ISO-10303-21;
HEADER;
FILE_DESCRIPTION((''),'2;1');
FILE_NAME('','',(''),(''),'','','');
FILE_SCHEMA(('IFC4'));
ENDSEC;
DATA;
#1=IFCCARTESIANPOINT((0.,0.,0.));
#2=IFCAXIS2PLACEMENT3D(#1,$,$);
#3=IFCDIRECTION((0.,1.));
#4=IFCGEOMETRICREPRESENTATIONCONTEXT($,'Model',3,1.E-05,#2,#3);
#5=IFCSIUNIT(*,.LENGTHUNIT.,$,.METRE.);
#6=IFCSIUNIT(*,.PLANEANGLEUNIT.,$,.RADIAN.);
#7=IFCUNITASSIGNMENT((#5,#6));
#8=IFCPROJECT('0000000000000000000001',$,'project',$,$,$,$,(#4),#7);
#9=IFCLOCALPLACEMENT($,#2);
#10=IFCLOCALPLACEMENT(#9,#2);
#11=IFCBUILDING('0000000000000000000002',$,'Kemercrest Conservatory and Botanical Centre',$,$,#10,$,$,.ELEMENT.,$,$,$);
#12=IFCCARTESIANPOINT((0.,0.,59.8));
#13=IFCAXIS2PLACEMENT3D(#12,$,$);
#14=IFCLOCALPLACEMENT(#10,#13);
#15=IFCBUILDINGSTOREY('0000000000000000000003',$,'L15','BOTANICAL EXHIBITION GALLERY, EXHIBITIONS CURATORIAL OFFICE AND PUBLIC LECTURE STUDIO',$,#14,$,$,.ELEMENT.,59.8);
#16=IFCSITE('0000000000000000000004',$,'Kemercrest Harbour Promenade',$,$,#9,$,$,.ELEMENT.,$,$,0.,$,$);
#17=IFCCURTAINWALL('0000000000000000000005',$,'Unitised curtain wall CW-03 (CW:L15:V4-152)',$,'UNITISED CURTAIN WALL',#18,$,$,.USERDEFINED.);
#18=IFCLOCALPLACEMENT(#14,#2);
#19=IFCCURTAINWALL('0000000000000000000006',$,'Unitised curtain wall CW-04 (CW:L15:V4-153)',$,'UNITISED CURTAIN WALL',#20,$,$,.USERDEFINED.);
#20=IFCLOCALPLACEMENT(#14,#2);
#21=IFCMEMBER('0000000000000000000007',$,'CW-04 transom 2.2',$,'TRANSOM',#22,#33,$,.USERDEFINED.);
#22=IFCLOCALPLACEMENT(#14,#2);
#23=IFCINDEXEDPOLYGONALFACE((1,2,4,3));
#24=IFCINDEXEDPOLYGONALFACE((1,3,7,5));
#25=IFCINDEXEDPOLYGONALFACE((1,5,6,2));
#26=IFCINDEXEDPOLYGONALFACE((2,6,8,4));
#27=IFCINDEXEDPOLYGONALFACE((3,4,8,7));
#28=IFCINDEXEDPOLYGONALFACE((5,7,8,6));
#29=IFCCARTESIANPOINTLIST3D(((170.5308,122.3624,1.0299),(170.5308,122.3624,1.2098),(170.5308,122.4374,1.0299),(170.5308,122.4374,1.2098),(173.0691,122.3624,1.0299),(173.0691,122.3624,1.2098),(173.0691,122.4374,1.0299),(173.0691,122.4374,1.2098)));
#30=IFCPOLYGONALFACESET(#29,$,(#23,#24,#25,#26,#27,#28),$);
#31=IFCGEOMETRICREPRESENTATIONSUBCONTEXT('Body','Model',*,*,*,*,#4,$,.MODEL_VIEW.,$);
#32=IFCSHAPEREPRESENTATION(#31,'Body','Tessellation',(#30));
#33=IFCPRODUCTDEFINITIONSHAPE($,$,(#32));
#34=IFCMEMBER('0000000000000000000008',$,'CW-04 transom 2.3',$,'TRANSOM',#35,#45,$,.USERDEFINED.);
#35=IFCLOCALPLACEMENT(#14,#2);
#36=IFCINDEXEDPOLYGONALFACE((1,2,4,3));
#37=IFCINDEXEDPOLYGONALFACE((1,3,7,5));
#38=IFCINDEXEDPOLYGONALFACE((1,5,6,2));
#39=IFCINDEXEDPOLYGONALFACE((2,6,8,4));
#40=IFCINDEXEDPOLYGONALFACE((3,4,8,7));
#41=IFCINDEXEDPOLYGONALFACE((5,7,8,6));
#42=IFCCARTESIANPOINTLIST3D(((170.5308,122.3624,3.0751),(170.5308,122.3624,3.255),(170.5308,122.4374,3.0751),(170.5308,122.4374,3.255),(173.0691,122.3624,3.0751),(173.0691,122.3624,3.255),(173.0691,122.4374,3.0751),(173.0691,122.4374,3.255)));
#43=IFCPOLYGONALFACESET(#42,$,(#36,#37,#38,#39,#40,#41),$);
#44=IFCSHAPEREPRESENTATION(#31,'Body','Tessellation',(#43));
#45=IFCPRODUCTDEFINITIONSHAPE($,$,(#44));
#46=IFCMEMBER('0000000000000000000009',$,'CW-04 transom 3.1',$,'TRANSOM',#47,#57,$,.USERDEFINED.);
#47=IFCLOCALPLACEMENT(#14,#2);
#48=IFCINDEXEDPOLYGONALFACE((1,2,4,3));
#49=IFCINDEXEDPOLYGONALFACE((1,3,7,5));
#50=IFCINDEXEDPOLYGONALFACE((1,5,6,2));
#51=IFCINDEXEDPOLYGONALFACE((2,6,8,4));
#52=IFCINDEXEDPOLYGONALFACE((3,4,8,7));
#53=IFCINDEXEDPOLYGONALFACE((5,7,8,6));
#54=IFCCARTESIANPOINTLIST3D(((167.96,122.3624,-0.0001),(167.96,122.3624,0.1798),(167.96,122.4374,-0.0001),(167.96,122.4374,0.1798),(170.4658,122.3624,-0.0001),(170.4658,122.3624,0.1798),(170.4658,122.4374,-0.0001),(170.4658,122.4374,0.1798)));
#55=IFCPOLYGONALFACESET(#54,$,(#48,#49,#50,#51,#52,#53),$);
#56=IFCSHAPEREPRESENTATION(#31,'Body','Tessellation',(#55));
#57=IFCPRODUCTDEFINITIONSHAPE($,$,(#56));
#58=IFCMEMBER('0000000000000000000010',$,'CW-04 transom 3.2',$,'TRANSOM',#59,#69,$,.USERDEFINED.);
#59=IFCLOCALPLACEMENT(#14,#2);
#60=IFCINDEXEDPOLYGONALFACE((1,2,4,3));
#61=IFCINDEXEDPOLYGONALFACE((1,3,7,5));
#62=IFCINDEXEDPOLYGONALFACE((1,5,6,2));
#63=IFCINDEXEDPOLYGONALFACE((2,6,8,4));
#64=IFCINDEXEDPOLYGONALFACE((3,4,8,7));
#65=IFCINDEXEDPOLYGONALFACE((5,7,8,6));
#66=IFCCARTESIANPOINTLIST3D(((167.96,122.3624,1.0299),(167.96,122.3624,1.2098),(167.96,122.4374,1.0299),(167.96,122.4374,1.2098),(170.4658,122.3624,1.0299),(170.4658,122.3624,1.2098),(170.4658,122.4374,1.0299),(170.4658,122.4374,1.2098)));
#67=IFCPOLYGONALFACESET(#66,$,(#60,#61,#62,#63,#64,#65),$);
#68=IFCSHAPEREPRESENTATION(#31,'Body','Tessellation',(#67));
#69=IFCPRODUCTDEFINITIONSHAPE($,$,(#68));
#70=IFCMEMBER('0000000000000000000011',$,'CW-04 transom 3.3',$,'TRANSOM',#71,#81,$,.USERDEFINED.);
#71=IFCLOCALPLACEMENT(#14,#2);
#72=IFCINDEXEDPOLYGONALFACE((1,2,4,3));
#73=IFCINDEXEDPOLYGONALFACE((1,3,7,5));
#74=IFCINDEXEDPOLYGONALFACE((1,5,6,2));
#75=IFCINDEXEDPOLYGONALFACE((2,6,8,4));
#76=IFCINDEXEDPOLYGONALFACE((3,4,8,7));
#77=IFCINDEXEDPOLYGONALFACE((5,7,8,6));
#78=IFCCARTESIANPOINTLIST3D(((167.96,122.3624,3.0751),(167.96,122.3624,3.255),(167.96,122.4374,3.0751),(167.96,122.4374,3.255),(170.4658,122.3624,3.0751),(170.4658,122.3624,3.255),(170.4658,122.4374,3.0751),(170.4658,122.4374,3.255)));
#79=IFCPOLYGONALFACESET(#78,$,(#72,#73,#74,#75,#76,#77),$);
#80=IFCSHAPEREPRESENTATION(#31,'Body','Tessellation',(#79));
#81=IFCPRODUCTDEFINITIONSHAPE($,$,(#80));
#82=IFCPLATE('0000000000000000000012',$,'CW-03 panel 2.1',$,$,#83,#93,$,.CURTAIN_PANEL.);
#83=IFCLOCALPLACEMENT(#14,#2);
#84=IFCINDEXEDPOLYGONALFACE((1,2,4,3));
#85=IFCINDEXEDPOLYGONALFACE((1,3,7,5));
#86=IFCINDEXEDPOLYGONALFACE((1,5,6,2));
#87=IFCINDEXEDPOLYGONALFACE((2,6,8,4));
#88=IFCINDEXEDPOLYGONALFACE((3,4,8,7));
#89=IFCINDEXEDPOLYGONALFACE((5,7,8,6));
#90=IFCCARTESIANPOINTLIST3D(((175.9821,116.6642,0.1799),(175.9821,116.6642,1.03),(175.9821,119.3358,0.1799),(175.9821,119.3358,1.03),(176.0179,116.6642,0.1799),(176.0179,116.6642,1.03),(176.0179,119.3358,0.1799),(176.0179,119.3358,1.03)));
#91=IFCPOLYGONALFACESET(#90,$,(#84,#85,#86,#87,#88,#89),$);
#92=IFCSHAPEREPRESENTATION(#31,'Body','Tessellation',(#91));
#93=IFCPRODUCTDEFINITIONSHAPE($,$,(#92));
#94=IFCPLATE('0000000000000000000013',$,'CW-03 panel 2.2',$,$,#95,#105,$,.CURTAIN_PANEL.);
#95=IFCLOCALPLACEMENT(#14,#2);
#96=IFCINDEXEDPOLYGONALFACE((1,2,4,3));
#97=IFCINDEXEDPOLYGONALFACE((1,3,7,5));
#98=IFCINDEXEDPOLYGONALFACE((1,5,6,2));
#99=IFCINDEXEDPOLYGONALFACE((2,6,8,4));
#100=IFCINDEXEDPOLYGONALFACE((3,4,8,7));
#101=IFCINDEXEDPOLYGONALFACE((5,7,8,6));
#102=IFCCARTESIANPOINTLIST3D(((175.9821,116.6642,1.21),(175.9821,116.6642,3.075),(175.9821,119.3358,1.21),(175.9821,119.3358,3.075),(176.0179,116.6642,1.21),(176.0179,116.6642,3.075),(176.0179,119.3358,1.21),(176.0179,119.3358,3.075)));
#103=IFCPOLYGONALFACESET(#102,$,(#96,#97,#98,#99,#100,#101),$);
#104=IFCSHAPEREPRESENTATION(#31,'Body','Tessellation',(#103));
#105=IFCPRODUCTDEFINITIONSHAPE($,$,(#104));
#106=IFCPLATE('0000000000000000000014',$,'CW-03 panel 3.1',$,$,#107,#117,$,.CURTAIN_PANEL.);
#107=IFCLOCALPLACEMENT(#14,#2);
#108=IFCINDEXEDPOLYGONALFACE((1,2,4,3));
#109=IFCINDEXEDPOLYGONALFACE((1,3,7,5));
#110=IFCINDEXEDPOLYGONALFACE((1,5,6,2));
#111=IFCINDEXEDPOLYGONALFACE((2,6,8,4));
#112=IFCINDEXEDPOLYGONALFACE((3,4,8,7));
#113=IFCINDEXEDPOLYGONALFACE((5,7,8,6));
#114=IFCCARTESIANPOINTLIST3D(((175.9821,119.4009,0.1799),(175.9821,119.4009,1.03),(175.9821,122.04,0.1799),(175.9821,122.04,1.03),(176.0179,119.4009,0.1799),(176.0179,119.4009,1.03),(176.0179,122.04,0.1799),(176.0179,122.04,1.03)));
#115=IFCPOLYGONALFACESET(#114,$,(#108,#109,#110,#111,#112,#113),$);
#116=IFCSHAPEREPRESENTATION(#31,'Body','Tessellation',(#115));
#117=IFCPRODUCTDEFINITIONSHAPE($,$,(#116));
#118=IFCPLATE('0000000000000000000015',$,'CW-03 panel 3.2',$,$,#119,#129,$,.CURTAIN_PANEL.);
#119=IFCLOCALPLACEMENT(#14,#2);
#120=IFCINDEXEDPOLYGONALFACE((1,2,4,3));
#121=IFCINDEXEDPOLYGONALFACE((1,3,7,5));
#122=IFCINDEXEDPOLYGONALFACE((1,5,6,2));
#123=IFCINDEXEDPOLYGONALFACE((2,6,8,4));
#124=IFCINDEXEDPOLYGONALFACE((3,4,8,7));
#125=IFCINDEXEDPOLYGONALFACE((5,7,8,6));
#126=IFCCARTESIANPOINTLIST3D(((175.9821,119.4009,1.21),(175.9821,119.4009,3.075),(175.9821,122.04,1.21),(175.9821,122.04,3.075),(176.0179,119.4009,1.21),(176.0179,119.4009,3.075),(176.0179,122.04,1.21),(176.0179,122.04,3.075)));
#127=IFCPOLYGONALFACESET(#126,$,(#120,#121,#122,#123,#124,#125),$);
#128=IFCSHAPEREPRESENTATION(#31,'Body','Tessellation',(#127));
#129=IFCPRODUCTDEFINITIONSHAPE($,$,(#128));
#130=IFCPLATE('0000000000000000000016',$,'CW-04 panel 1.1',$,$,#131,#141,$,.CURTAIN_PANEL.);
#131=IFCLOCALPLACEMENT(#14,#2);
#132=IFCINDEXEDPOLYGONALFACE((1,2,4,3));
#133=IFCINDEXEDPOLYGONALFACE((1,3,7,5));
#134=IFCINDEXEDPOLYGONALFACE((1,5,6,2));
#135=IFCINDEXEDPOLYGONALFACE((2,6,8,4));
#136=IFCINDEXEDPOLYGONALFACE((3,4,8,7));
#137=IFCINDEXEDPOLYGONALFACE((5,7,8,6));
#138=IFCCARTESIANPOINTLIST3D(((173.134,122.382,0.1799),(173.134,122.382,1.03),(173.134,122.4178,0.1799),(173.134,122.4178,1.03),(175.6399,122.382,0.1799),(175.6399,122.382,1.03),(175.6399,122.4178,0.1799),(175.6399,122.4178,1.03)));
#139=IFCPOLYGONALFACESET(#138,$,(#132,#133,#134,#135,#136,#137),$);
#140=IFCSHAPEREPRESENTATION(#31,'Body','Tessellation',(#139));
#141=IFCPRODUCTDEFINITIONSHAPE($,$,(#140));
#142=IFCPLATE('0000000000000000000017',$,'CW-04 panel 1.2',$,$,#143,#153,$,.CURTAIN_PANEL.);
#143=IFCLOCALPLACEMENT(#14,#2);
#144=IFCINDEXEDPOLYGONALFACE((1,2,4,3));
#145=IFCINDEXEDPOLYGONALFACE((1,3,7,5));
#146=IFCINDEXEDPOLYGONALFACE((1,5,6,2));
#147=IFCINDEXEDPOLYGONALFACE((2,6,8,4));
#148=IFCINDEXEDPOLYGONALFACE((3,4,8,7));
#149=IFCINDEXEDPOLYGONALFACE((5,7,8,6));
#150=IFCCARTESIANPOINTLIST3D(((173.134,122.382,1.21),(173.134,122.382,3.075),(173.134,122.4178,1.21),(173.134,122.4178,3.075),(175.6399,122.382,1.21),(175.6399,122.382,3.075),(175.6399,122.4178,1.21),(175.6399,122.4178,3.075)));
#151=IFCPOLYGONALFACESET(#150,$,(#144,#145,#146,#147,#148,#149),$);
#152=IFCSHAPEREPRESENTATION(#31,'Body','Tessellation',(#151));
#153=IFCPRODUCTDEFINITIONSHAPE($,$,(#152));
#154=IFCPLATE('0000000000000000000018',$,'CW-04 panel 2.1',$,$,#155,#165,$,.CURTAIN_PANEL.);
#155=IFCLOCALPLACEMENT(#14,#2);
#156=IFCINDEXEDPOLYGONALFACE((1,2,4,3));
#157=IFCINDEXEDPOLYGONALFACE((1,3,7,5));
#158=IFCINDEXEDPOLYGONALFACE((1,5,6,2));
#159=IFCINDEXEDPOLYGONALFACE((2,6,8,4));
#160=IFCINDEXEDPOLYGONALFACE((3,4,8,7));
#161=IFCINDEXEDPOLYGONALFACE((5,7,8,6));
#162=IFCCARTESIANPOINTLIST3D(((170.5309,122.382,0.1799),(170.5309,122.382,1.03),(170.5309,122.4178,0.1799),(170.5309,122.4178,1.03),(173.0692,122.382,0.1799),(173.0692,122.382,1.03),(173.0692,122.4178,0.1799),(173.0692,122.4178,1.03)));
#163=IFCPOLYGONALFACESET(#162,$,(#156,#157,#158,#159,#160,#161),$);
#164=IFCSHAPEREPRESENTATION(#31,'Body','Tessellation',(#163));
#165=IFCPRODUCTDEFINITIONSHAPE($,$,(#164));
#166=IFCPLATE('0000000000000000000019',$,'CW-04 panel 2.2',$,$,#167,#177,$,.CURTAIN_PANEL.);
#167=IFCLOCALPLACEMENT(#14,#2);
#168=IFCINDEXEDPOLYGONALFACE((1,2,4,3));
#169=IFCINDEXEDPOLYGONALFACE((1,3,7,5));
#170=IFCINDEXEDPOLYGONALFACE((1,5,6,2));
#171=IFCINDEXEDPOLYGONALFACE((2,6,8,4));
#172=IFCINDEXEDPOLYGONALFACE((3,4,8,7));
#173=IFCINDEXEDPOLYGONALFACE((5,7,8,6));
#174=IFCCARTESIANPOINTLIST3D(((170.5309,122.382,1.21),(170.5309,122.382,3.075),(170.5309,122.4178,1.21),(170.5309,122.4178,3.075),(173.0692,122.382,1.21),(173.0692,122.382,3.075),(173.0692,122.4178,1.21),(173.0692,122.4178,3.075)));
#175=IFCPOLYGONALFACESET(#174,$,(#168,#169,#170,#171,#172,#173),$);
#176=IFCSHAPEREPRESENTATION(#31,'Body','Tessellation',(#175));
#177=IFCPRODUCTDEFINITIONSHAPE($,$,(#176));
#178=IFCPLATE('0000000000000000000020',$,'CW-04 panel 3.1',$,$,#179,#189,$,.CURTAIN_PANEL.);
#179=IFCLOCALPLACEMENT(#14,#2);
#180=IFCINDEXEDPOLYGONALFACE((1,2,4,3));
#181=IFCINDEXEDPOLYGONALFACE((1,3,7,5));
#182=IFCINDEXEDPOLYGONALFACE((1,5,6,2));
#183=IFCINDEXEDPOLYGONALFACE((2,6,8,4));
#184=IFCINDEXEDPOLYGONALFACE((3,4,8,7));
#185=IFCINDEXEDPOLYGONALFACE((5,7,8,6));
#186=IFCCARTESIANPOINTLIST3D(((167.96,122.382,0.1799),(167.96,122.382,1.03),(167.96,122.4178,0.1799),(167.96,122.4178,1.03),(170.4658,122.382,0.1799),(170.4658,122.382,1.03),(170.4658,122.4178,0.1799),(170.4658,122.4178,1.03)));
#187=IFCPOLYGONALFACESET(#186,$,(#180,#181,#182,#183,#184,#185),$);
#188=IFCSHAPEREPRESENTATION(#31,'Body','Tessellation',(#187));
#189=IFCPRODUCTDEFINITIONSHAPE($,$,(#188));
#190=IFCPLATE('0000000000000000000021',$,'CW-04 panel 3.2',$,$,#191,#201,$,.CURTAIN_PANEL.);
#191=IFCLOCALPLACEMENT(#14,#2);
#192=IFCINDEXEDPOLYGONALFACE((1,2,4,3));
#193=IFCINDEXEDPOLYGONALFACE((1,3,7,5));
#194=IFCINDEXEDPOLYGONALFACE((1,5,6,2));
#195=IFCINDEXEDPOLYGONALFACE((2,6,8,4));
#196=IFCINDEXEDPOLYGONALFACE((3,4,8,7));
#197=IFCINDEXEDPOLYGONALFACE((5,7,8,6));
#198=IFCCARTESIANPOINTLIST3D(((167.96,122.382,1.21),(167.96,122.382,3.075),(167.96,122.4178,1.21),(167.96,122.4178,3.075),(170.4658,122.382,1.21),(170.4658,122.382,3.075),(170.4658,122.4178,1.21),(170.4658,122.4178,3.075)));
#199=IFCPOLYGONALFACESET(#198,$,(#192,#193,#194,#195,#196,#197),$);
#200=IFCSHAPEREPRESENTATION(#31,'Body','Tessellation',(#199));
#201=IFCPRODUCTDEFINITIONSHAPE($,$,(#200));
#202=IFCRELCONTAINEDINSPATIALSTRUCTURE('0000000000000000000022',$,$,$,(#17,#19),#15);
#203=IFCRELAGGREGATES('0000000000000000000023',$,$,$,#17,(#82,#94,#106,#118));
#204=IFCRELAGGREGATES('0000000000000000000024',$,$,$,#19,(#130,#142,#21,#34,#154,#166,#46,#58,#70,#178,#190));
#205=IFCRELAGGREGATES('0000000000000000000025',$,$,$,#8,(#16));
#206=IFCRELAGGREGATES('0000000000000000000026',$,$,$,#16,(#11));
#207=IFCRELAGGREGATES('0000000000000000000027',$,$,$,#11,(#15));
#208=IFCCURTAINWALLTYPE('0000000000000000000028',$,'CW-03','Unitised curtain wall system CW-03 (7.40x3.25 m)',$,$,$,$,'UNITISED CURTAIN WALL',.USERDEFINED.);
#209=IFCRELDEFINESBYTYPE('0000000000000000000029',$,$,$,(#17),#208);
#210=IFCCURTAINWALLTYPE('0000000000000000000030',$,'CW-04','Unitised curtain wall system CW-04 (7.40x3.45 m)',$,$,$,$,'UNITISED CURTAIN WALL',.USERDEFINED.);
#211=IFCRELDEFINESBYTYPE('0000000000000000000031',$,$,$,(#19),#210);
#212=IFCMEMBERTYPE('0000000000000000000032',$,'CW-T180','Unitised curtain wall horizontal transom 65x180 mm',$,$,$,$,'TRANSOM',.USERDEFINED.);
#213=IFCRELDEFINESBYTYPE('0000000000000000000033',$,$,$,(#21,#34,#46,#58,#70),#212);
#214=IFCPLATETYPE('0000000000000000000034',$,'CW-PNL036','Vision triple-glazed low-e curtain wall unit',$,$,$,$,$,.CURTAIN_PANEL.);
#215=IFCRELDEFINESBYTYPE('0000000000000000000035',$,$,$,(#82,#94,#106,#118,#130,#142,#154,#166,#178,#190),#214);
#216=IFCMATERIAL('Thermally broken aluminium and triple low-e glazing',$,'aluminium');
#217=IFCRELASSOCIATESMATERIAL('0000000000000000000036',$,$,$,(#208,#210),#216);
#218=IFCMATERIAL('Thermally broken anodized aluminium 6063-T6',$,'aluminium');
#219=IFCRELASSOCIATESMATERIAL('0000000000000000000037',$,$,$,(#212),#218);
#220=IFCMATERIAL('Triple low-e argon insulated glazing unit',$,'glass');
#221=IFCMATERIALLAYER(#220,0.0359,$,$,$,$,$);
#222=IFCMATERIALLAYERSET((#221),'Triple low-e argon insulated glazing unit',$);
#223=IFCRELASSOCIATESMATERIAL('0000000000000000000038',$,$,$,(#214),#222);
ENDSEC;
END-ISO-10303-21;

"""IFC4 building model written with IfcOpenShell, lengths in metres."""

from ifc_helpers import new_model, si_unit, direction, frame, origin, origin_2d, place, context, subcontext, project, spatial, rectangle, extrude, material, layer, layer_set, material_profile, profile_set, type_object, element, aggregate, save


model = new_model("IFC4")

# Units and contexts
model_context = context("Model", 3, precision=1e-05, world=origin(), true_north=direction((0.0, 1.0)))
body_context = subcontext(model_context, "Body", "Model", "MODEL_VIEW")
ifc_project = project(units=[si_unit("LENGTHUNIT", "METRE"), si_unit("PLANEANGLEUNIT", "RADIAN")], contexts=[model_context])

# Site, building, storey
site_placement = place(None, origin())
site = spatial("IfcSite", under=ifc_project, at=site_placement, Name="Kemercrest Harbour Promenade", CompositionType="ELEMENT", RefElevation=0.0)
building_placement = place(site_placement, origin())
building = spatial("IfcBuilding", under=site, at=building_placement, Name="Kemercrest Conservatory and Botanical Centre", CompositionType="ELEMENT")
storey_placement = place(building_placement, frame((0.0, 0.0, 59.8)))
storey = spatial("IfcBuildingStorey", under=building, at=storey_placement, Name="L15", Description="BOTANICAL EXHIBITION GALLERY, EXHIBITIONS CURATORIAL OFFICE AND PUBLIC LECTURE STUDIO", CompositionType="ELEMENT", Elevation=59.8)

# Curtain walls
ifc_material_1 = material(Name="Thermally broken aluminium and triple low-e glazing", Category="aluminium")
curtain_wall_type_1 = type_object("IfcCurtainWallType", Name="CW-03", Description="Unitised curtain wall system CW-03 (7.40x3.25 m)", ElementType="UNITISED CURTAIN WALL", PredefinedType="USERDEFINED", material=ifc_material_1)
curtain_wall_1_placement = place(storey_placement, origin())
curtain_wall_1 = element("IfcCurtainWall", 1, at=curtain_wall_1_placement, inside=storey, type_object=curtain_wall_type_1, Name="Unitised curtain wall CW-03 (CW:L15:V4-152)", ObjectType="UNITISED CURTAIN WALL", PredefinedType="USERDEFINED")
ifc_material_2 = material(Name="Thermally broken anodized aluminium 6063-T6", Category="aluminium")
curtain_wall_type_2 = type_object("IfcCurtainWallType", Name="CW-04", Description="Unitised curtain wall system CW-04 (7.40x3.45 m)", ElementType="UNITISED CURTAIN WALL", PredefinedType="USERDEFINED", material=ifc_material_1)
curtain_wall_2_placement = place(storey_placement, origin())
curtain_wall_2 = element("IfcCurtainWall", 2, at=curtain_wall_2_placement, inside=storey, type_object=curtain_wall_type_2, Name="Unitised curtain wall CW-04 (CW:L15:V4-153)", ObjectType="UNITISED CURTAIN WALL", PredefinedType="USERDEFINED")

# Members
ifc_material_profile_1 = material_profile(ifc_material_2, rectangle(XDim=0.075, YDim=0.1799, at=origin_2d()), Name="AL TRANSOM 75x180")
ifc_profile_set_1 = profile_set([ifc_material_profile_1], Name="Thermally broken anodized aluminium 6063-T6")
member_type_1 = type_object("IfcMemberType", Name="CW-T180", Description="Unitised curtain wall horizontal transom 65x180 mm", ElementType="TRANSOM", PredefinedType="USERDEFINED", material=ifc_profile_set_1)
member_1_placement = place(storey_placement, frame((173.0691, 122.3999, 1.1199), z_axis=(-1.0, 0.0, 0.0), x_axis=(0.0, -1.0, 0.0)))
member_1 = element("IfcMember", 3, at=member_1_placement, type_object=member_type_1, Name="CW-04 transom 2.2", ObjectType="TRANSOM", PredefinedType="USERDEFINED", context=body_context, shape_type="SweptSolid", body=[
    extrude(rectangle(XDim=0.075, YDim=0.1799, at=origin_2d()), origin(), (0.0, 0.0, 1.0), 2.5383),
])
member_2_placement = place(storey_placement, frame((173.0691, 122.3999, 3.165), z_axis=(-1.0, 0.0, 0.0), x_axis=(0.0, -1.0, 0.0)))
member_2 = element("IfcMember", 4, at=member_2_placement, type_object=member_type_1, Name="CW-04 transom 2.3", ObjectType="TRANSOM", PredefinedType="USERDEFINED", context=body_context, shape_type="SweptSolid", body=[
    extrude(rectangle(XDim=0.075, YDim=0.1799, at=origin_2d()), origin(), (0.0, 0.0, 1.0), 2.5383),
])
member_3_placement = place(storey_placement, frame((170.4658, 122.3999, 0.0898), z_axis=(-1.0, 0.0, 0.0), x_axis=(0.0, -1.0, 0.0)))
member_3 = element("IfcMember", 5, at=member_3_placement, type_object=member_type_1, Name="CW-04 transom 3.1", ObjectType="TRANSOM", PredefinedType="USERDEFINED", context=body_context, shape_type="SweptSolid", body=[
    extrude(rectangle(XDim=0.075, YDim=0.1799, at=origin_2d()), origin(), (0.0, 0.0, 1.0), 2.5059),
])
member_4_placement = place(storey_placement, frame((170.4658, 122.3999, 1.1199), z_axis=(-1.0, 0.0, 0.0), x_axis=(0.0, -1.0, 0.0)))
member_4 = element("IfcMember", 6, at=member_4_placement, type_object=member_type_1, Name="CW-04 transom 3.2", ObjectType="TRANSOM", PredefinedType="USERDEFINED", context=body_context, shape_type="SweptSolid", body=[
    extrude(rectangle(XDim=0.075, YDim=0.1799, at=origin_2d()), origin(), (0.0, 0.0, 1.0), 2.5059),
])
member_5_placement = place(storey_placement, frame((170.4658, 122.3999, 3.165), z_axis=(-1.0, 0.0, 0.0), x_axis=(0.0, -1.0, 0.0)))
member_5 = element("IfcMember", 7, at=member_5_placement, type_object=member_type_1, Name="CW-04 transom 3.3", ObjectType="TRANSOM", PredefinedType="USERDEFINED", context=body_context, shape_type="SweptSolid", body=[
    extrude(rectangle(XDim=0.075, YDim=0.1799, at=origin_2d()), origin(), (0.0, 0.0, 1.0), 2.5059),
])

# Plates
ifc_material_3 = material(Name="Triple low-e argon insulated glazing unit", Category="glass")
ifc_layer = layer(ifc_material_3, 0.0359)
ifc_layer_set = layer_set([ifc_layer], Name="Triple low-e argon insulated glazing unit")
plate_type = type_object("IfcPlateType", Name="CW-PNL036", Description="Vision triple-glazed low-e curtain wall unit", PredefinedType="CURTAIN_PANEL", material=ifc_layer_set)
plate_1_placement = place(storey_placement, frame((176.0, 118.0, 0.1799), z_axis=(0.0, 0.0, 1.0), x_axis=(0.0, 1.0, 0.0)))
plate_1 = element("IfcPlate", 8, at=plate_1_placement, type_object=plate_type, Name="CW-03 panel 2.1", PredefinedType="CURTAIN_PANEL", context=body_context, shape_type="SweptSolid", body=[
    extrude(rectangle(XDim=2.6716, YDim=0.0359, at=origin_2d()), origin(), (0.0, 0.0, 1.0), 0.8501),
])
plate_2_placement = place(storey_placement, frame((176.0, 118.0, 1.21), z_axis=(0.0, 0.0, 1.0), x_axis=(0.0, 1.0, 0.0)))
plate_2 = element("IfcPlate", 9, at=plate_2_placement, type_object=plate_type, Name="CW-03 panel 2.2", PredefinedType="CURTAIN_PANEL", context=body_context, shape_type="SweptSolid", body=[
    extrude(rectangle(XDim=2.6716, YDim=0.0359, at=origin_2d()), origin(), (0.0, 0.0, 1.0), 1.865),
])
plate_3_placement = place(storey_placement, frame((176.0, 120.7205, 0.1799), z_axis=(0.0, 0.0, 1.0), x_axis=(0.0, 1.0, 0.0)))
plate_3 = element("IfcPlate", 10, at=plate_3_placement, type_object=plate_type, Name="CW-03 panel 3.1", PredefinedType="CURTAIN_PANEL", context=body_context, shape_type="SweptSolid", body=[
    extrude(rectangle(XDim=2.6392, YDim=0.0359, at=origin_2d()), origin(), (0.0, 0.0, 1.0), 0.8501),
])
plate_4_placement = place(storey_placement, frame((176.0, 120.7205, 1.21), z_axis=(0.0, 0.0, 1.0), x_axis=(0.0, 1.0, 0.0)))
plate_4 = element("IfcPlate", 11, at=plate_4_placement, type_object=plate_type, Name="CW-03 panel 3.2", PredefinedType="CURTAIN_PANEL", context=body_context, shape_type="SweptSolid", body=[
    extrude(rectangle(XDim=2.6392, YDim=0.0359, at=origin_2d()), origin(), (0.0, 0.0, 1.0), 1.865),
])
aggregate(curtain_wall_1, [plate_1, plate_2, plate_3, plate_4])
plate_5_placement = place(storey_placement, frame((174.387, 122.3999, 0.1799), z_axis=(0.0, 0.0, 1.0), x_axis=(-1.0, 0.0, 0.0)))
plate_5 = element("IfcPlate", 12, at=plate_5_placement, type_object=plate_type, Name="CW-04 panel 1.1", PredefinedType="CURTAIN_PANEL", context=body_context, shape_type="SweptSolid", body=[
    extrude(rectangle(XDim=2.5059, YDim=0.0359, at=origin_2d()), origin(), (0.0, 0.0, 1.0), 0.8501),
])
plate_6_placement = place(storey_placement, frame((174.387, 122.3999, 1.21), z_axis=(0.0, 0.0, 1.0), x_axis=(-1.0, 0.0, 0.0)))
plate_6 = element("IfcPlate", 13, at=plate_6_placement, type_object=plate_type, Name="CW-04 panel 1.2", PredefinedType="CURTAIN_PANEL", context=body_context, shape_type="SweptSolid", body=[
    extrude(rectangle(XDim=2.5059, YDim=0.0359, at=origin_2d()), origin(), (0.0, 0.0, 1.0), 1.865),
])
plate_7_placement = place(storey_placement, frame((171.8, 122.3999, 0.1799), z_axis=(0.0, 0.0, 1.0), x_axis=(-1.0, 0.0, 0.0)))
plate_7 = element("IfcPlate", 14, at=plate_7_placement, type_object=plate_type, Name="CW-04 panel 2.1", PredefinedType="CURTAIN_PANEL", context=body_context, shape_type="SweptSolid", body=[
    extrude(rectangle(XDim=2.5383, YDim=0.0359, at=origin_2d()), origin(), (0.0, 0.0, 1.0), 0.8501),
])
plate_8_placement = place(storey_placement, frame((171.8, 122.3999, 1.21), z_axis=(0.0, 0.0, 1.0), x_axis=(-1.0, 0.0, 0.0)))
plate_8 = element("IfcPlate", 15, at=plate_8_placement, type_object=plate_type, Name="CW-04 panel 2.2", PredefinedType="CURTAIN_PANEL", context=body_context, shape_type="SweptSolid", body=[
    extrude(rectangle(XDim=2.5383, YDim=0.0359, at=origin_2d()), origin(), (0.0, 0.0, 1.0), 1.865),
])
plate_9_placement = place(storey_placement, frame((169.2129, 122.3999, 0.1799), z_axis=(0.0, 0.0, 1.0), x_axis=(-1.0, 0.0, 0.0)))
plate_9 = element("IfcPlate", 16, at=plate_9_placement, type_object=plate_type, Name="CW-04 panel 3.1", PredefinedType="CURTAIN_PANEL", context=body_context, shape_type="SweptSolid", body=[
    extrude(rectangle(XDim=2.5059, YDim=0.0359, at=origin_2d()), origin(), (0.0, 0.0, 1.0), 0.8501),
])
plate_10_placement = place(storey_placement, frame((169.2129, 122.3999, 1.21), z_axis=(0.0, 0.0, 1.0), x_axis=(-1.0, 0.0, 0.0)))
plate_10 = element("IfcPlate", 17, at=plate_10_placement, type_object=plate_type, Name="CW-04 panel 3.2", PredefinedType="CURTAIN_PANEL", context=body_context, shape_type="SweptSolid", body=[
    extrude(rectangle(XDim=2.5059, YDim=0.0359, at=origin_2d()), origin(), (0.0, 0.0, 1.0), 1.865),
])
aggregate(curtain_wall_2, [plate_5, plate_6, member_1, member_2, plate_7, plate_8, member_3, member_4, member_5, plate_9, plate_10])

save(model, "model.ifc")
